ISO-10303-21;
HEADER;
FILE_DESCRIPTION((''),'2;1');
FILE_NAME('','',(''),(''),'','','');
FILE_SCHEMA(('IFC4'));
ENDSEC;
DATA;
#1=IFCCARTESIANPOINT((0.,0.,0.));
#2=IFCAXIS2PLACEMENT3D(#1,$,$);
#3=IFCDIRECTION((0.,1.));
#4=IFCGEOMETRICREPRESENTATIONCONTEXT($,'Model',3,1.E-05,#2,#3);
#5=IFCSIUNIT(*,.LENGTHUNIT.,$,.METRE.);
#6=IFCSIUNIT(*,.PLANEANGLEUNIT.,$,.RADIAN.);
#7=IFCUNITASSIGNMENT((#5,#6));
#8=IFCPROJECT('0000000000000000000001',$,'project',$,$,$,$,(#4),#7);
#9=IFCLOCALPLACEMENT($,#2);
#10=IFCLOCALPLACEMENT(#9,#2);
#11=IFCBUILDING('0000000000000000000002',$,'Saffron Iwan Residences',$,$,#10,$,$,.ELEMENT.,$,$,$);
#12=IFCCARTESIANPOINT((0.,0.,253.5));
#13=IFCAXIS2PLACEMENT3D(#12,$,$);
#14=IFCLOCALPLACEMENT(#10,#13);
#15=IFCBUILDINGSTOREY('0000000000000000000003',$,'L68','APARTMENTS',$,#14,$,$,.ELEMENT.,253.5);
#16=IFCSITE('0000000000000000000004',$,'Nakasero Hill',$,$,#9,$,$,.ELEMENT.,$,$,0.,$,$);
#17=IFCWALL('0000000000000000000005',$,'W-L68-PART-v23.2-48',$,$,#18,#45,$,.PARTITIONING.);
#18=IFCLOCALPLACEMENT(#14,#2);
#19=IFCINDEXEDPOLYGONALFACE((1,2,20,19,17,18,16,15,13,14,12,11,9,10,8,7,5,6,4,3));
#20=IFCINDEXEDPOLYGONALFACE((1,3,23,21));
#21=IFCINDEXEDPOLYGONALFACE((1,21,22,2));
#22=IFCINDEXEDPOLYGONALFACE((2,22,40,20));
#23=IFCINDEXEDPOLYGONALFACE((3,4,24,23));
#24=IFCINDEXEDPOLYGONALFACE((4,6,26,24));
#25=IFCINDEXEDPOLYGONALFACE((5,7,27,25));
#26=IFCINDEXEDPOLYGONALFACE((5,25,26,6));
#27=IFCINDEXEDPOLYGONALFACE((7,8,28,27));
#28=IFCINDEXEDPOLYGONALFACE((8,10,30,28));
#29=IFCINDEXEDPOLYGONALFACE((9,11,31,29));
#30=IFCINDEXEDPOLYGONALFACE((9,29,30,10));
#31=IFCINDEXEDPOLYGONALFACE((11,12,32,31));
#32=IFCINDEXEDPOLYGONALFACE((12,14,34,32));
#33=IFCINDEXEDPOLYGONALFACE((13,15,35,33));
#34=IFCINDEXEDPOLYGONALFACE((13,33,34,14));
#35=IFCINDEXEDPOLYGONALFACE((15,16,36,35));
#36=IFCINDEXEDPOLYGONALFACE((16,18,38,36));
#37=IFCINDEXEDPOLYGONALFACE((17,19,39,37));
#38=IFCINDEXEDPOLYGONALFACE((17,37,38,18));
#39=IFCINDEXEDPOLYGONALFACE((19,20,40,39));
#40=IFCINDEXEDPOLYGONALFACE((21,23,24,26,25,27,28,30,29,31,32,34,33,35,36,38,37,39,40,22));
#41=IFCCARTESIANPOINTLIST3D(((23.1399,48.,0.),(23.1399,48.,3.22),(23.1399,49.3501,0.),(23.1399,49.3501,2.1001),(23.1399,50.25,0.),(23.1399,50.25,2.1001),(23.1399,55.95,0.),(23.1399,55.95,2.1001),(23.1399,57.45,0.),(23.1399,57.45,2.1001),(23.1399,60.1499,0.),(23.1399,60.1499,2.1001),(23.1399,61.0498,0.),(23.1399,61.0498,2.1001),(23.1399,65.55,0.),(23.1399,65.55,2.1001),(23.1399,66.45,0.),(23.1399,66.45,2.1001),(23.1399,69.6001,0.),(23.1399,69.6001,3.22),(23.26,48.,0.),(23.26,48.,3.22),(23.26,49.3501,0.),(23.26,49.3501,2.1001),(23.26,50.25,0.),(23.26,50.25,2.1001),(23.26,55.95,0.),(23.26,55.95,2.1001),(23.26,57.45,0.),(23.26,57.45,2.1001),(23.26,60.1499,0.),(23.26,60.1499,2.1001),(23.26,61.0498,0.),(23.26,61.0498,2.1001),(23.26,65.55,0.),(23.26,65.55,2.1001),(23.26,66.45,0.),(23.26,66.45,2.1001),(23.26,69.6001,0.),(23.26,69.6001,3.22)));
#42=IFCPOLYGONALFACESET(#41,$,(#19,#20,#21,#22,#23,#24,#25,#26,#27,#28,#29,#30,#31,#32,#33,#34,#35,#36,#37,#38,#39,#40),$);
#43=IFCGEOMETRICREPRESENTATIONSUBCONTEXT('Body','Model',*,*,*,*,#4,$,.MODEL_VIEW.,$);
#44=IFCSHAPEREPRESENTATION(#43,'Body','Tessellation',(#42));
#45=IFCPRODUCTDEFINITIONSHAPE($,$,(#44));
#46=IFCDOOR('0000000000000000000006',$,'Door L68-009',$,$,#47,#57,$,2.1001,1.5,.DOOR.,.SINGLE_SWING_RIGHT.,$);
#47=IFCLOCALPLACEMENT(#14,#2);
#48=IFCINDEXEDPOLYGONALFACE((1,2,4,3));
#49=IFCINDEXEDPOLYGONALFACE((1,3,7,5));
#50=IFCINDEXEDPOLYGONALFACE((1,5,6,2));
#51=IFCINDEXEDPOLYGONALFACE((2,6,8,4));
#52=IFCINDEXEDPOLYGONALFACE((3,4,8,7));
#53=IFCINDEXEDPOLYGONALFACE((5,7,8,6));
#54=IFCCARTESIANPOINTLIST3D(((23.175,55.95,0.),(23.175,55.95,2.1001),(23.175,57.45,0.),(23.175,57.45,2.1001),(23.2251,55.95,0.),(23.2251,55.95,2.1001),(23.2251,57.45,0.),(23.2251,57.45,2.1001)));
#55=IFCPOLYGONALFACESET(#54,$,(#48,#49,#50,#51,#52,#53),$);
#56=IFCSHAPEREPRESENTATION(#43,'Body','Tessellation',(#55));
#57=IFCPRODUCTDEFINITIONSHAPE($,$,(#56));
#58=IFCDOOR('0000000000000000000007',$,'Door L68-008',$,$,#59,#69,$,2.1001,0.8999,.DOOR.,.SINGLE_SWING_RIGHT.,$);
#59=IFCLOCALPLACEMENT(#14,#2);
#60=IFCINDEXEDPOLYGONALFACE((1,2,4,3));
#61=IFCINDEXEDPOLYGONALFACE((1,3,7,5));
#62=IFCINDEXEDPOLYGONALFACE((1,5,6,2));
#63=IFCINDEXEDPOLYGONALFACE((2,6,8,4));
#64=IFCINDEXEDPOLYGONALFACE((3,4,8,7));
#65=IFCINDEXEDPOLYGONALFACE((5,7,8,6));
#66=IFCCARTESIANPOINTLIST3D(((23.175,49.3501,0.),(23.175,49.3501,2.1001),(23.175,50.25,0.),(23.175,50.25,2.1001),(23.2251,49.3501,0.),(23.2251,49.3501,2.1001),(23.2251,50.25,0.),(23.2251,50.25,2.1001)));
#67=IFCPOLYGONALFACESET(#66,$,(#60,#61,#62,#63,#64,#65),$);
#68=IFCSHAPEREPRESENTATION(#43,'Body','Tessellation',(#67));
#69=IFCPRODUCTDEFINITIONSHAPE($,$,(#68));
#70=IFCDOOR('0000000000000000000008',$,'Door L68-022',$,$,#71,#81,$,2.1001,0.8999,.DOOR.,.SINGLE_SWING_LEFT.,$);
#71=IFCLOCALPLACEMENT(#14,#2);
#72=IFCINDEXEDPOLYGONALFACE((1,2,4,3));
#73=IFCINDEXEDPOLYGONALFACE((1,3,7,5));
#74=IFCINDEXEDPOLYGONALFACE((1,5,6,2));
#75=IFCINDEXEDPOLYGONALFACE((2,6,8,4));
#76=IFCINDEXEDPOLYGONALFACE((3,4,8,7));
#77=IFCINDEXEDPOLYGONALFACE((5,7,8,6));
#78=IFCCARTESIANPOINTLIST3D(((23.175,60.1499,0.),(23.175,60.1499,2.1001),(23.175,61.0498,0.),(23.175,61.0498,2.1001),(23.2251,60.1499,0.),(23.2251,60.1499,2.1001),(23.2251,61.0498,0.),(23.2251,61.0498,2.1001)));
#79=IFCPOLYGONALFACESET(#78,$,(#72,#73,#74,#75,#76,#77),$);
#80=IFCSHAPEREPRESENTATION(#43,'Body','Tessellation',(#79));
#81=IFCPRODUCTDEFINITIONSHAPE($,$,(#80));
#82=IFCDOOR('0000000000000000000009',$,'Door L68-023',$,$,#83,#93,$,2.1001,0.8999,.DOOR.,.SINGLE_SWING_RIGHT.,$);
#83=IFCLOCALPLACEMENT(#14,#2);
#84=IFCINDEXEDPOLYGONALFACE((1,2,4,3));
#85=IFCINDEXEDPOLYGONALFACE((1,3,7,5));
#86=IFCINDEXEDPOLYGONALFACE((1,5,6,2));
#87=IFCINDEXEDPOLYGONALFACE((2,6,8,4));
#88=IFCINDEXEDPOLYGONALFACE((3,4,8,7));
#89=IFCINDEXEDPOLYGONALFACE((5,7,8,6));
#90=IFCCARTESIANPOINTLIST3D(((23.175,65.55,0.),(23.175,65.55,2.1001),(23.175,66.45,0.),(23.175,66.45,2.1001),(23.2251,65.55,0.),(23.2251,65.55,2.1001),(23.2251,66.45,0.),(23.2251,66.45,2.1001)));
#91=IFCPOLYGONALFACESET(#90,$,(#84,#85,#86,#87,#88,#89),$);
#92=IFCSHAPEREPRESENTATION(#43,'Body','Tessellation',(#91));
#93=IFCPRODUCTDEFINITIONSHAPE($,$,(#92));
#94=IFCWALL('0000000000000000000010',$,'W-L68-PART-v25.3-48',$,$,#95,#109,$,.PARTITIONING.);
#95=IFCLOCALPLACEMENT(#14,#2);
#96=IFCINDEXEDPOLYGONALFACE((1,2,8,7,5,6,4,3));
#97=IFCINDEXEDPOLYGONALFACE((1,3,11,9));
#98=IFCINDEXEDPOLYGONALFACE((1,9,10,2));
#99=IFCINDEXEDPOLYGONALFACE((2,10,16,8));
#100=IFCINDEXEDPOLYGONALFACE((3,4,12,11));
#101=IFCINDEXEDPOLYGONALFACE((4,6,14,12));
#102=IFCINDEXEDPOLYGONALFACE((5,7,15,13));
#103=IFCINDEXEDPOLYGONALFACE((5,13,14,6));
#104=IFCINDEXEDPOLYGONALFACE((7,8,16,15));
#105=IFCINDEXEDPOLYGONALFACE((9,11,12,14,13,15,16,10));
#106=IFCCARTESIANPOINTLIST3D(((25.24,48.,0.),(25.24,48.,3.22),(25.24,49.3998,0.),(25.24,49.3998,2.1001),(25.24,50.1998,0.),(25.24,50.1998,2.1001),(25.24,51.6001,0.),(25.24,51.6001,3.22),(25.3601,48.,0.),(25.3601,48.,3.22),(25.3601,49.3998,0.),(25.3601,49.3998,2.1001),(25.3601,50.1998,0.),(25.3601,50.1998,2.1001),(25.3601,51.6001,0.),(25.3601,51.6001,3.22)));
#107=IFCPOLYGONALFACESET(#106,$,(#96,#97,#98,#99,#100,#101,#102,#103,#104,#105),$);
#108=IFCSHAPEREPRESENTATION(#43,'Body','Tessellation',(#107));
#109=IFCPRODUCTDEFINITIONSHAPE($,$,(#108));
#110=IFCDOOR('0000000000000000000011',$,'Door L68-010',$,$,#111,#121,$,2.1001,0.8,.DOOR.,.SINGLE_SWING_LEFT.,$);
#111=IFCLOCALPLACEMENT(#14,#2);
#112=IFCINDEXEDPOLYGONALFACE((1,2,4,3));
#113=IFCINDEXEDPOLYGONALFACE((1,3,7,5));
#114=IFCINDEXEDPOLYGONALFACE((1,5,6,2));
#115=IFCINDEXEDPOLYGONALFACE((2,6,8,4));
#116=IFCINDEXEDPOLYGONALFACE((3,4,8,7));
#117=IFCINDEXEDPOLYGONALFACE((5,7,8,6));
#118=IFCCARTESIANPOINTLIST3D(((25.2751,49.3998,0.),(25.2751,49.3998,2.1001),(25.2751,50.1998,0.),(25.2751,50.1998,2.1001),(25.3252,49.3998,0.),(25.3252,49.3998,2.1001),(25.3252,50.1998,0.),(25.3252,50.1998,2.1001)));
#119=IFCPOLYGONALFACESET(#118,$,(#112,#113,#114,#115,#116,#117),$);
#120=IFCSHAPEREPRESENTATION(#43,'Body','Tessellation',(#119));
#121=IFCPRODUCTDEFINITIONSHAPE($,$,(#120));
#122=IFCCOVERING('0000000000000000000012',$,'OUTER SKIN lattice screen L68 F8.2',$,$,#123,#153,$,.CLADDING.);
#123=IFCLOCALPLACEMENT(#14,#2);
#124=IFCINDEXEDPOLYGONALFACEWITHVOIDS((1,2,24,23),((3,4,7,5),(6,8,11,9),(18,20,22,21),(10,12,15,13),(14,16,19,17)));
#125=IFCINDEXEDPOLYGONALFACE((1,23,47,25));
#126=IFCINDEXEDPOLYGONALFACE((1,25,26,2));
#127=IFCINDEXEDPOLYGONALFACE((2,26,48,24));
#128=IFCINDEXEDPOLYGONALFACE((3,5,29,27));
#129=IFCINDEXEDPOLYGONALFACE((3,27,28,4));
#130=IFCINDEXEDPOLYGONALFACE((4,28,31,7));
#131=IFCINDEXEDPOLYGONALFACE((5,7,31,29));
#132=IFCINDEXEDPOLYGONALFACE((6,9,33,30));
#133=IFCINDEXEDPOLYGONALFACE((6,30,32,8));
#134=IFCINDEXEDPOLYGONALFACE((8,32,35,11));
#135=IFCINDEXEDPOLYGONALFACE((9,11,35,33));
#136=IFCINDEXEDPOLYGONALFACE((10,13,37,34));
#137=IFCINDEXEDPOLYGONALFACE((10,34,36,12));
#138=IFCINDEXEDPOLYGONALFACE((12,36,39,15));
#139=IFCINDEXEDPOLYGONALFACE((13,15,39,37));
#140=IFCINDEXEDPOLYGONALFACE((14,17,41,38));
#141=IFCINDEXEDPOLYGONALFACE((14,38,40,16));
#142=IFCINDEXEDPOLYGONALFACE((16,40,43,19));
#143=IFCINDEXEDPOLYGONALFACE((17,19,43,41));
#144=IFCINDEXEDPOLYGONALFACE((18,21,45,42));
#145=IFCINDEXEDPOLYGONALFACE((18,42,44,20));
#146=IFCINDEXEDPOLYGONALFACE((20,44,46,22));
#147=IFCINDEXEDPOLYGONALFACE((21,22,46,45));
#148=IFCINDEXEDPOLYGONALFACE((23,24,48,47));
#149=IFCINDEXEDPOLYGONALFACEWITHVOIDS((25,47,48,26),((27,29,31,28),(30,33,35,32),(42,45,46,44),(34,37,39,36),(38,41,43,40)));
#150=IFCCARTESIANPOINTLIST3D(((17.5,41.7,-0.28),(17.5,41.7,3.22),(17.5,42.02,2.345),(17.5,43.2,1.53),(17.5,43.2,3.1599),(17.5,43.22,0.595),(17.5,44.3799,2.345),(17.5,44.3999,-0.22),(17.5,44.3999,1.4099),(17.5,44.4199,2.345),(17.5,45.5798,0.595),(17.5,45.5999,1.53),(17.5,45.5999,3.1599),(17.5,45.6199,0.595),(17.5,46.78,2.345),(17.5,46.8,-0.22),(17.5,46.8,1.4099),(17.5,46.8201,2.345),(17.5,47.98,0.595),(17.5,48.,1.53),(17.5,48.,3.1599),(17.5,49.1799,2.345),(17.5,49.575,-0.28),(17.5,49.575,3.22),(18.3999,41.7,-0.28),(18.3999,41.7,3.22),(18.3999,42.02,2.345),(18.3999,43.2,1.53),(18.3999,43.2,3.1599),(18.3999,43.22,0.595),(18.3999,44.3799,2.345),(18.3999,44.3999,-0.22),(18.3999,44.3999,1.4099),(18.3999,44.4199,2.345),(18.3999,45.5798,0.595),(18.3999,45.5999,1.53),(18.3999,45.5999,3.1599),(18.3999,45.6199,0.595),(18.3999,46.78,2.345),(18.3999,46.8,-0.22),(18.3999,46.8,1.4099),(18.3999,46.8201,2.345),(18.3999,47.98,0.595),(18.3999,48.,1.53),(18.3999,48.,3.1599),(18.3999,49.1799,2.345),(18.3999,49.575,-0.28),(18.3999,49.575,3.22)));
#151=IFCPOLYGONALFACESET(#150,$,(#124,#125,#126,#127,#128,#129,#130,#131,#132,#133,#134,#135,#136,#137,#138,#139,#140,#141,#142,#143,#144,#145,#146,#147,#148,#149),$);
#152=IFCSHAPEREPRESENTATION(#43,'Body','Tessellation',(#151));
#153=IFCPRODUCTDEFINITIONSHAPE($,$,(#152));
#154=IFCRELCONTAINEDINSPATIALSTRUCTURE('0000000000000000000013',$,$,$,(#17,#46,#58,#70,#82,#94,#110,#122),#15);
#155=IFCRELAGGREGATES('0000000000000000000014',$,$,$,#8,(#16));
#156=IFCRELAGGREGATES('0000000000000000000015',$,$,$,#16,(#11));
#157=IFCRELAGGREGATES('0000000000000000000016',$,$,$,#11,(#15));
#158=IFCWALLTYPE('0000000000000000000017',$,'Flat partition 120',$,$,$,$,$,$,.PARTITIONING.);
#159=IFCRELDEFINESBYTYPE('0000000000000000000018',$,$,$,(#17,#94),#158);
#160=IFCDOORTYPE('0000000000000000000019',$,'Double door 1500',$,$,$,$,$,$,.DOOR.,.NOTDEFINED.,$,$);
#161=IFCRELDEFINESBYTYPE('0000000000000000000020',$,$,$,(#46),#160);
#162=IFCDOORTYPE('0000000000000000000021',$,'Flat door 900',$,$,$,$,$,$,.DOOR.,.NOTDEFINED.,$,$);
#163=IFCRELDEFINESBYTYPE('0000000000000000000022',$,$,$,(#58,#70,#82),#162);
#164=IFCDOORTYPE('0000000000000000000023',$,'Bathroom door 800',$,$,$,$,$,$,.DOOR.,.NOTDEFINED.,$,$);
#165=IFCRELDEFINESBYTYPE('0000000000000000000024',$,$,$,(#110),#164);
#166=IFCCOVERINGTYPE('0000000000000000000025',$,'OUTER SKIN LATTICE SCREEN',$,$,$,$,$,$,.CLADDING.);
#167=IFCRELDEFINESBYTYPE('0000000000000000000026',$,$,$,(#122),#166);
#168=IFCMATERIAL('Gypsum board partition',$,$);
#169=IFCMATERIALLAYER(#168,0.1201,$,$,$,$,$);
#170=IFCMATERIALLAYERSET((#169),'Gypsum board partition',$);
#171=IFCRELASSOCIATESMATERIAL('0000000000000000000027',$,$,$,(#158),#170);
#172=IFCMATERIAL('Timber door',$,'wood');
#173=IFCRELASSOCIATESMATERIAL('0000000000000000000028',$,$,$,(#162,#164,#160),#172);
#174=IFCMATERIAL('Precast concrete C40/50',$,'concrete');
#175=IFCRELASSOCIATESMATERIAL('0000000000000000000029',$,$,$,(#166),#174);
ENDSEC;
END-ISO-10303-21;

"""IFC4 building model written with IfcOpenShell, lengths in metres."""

from ifc_helpers import new_model, si_unit, direction, frame, frame_2d, origin, place, context, subcontext, project, spatial, polyline, rectangle, outline, extrude, material, layer, layer_set, type_object, element, fill, save


model = new_model("IFC4")

# Units and contexts
model_context = context("Model", 3, precision=1e-05, world=origin(), true_north=direction((0.0, 1.0)))
body_context = subcontext(model_context, "Body", "Model", "MODEL_VIEW")
ifc_project = project(units=[si_unit("LENGTHUNIT", "METRE"), si_unit("PLANEANGLEUNIT", "RADIAN")], contexts=[model_context])

# Site, building, storey
site_placement = place(None, origin())
site = spatial("IfcSite", under=ifc_project, at=site_placement, Name="Nakasero Hill", CompositionType="ELEMENT", RefElevation=0.0)
building_placement = place(site_placement, origin())
building = spatial("IfcBuilding", under=site, at=building_placement, Name="Saffron Iwan Residences", CompositionType="ELEMENT")
storey_placement = place(building_placement, frame((0.0, 0.0, 253.5)))
storey = spatial("IfcBuildingStorey", under=building, at=storey_placement, Name="L68", Description="APARTMENTS", CompositionType="ELEMENT", Elevation=253.5)

# Shared definitions
ifc_material_1 = material(Name="Gypsum board partition")
ifc_layer_1 = layer(ifc_material_1, 0.1201)
ifc_layer_set_1 = layer_set([ifc_layer_1], Name="Gypsum board partition")
wall_type_1 = type_object("IfcWallType", Name="Flat partition 120", PredefinedType="PARTITIONING", material=ifc_layer_set_1)

# Shared definitions
ifc_material_2 = material(Name="Timber door", Category="wood")
door_type_1 = type_object("IfcDoorType", Name="Flat door 900", OperationType="NOTDEFINED", PredefinedType="DOOR", material=ifc_material_2)
door_type_2 = type_object("IfcDoorType", Name="Bathroom door 800", OperationType="NOTDEFINED", PredefinedType="DOOR", material=ifc_material_2)

# Wall, openings, doors
wall_1_placement = place(storey_placement, frame((23.2, 48.0, 0.0), z_axis=(0.0, 0.0, 1.0), x_axis=(0.0, 1.0, 0.0)))
wall_1 = element("IfcWall", 1, at=wall_1_placement, inside=storey, type_object=wall_type_1, Name="W-L68-PART-v23.2-48", PredefinedType="PARTITIONING", context=body_context, shape_type="SweptSolid", body=[
    extrude(rectangle(XDim=21.6001, YDim=0.1201, at=frame_2d((10.8, 0.0))), origin(), (0.0, 0.0, 1.0), 3.22),
])
opening_1_placement = place(wall_1_placement, frame((1.3501, 0.0, 0.0)))
opening_1 = element("IfcOpeningElement", 2, at=opening_1_placement, cuts=wall_1, PredefinedType="OPENING", context=body_context, shape_type="SweptSolid", body=[
    extrude(rectangle(XDim=0.8999, YDim=2.1001, at=frame_2d((0.45, 1.05))), frame((0.0, 0.0701, 0.0), z_axis=(0.0, -1.0, 0.0), x_axis=(1.0, 0.0, 0.0)), (0.0, 0.0, 1.0), 0.1401),
])
opening_2_placement = place(wall_1_placement, frame((7.95, 0.0, 0.0)))
opening_2 = element("IfcOpeningElement", 3, at=opening_2_placement, cuts=wall_1, PredefinedType="OPENING", context=body_context, shape_type="SweptSolid", body=[
    extrude(rectangle(XDim=1.5, YDim=2.1001, at=frame_2d((0.75, 1.05))), frame((0.0, 0.0701, 0.0), z_axis=(0.0, -1.0, 0.0), x_axis=(1.0, 0.0, 0.0)), (0.0, 0.0, 1.0), 0.1401),
])
opening_3_placement = place(wall_1_placement, frame((12.1499, 0.0, 0.0)))
opening_3 = element("IfcOpeningElement", 4, at=opening_3_placement, cuts=wall_1, PredefinedType="OPENING", context=body_context, shape_type="SweptSolid", body=[
    extrude(rectangle(XDim=0.8999, YDim=2.1001, at=frame_2d((0.45, 1.05))), frame((0.0, 0.0701, 0.0), z_axis=(0.0, -1.0, 0.0), x_axis=(1.0, 0.0, 0.0)), (0.0, 0.0, 1.0), 0.1401),
])
opening_4_placement = place(wall_1_placement, frame((17.55, 0.0, 0.0)))
opening_4 = element("IfcOpeningElement", 5, at=opening_4_placement, cuts=wall_1, PredefinedType="OPENING", context=body_context, shape_type="SweptSolid", body=[
    extrude(rectangle(XDim=0.8999, YDim=2.1001, at=frame_2d((0.45, 1.05))), frame((0.0, 0.0701, 0.0), z_axis=(0.0, -1.0, 0.0), x_axis=(1.0, 0.0, 0.0)), (0.0, 0.0, 1.0), 0.1401),
])
door_type_3 = type_object("IfcDoorType", Name="Double door 1500", OperationType="NOTDEFINED", PredefinedType="DOOR", material=ifc_material_2)
door_1_placement = place(opening_2_placement, origin())
door_1 = element("IfcDoor", 6, at=door_1_placement, inside=storey, type_object=door_type_3, Name="Door L68-009", OperationType="SINGLE_SWING_RIGHT", OverallHeight=2.1001, OverallWidth=1.5, PredefinedType="DOOR", context=body_context, shape_type="SweptSolid", body=[
    extrude(rectangle(XDim=1.5, YDim=2.1001, at=frame_2d((0.75, 1.05))), frame((0.0, 0.0249, 0.0), z_axis=(0.0, -1.0, 0.0), x_axis=(1.0, 0.0, 0.0)), (0.0, 0.0, 1.0), 0.05),
])
fill(opening_2, door_1)
door_2_placement = place(opening_1_placement, origin())
door_2 = element("IfcDoor", 7, at=door_2_placement, inside=storey, type_object=door_type_1, Name="Door L68-008", OperationType="SINGLE_SWING_RIGHT", OverallHeight=2.1001, OverallWidth=0.8999, PredefinedType="DOOR", context=body_context, shape_type="SweptSolid", body=[
    extrude(rectangle(XDim=0.8999, YDim=2.1001, at=frame_2d((0.45, 1.05))), frame((0.0, 0.0249, 0.0), z_axis=(0.0, -1.0, 0.0), x_axis=(1.0, 0.0, 0.0)), (0.0, 0.0, 1.0), 0.05),
])
fill(opening_1, door_2)
door_3_placement = place(opening_3_placement, origin())
door_3 = element("IfcDoor", 8, at=door_3_placement, inside=storey, type_object=door_type_1, Name="Door L68-022", OperationType="SINGLE_SWING_LEFT", OverallHeight=2.1001, OverallWidth=0.8999, PredefinedType="DOOR", context=body_context, shape_type="SweptSolid", body=[
    extrude(rectangle(XDim=0.8999, YDim=2.1001, at=frame_2d((0.45, 1.05))), frame((0.0, 0.0249, 0.0), z_axis=(0.0, -1.0, 0.0), x_axis=(1.0, 0.0, 0.0)), (0.0, 0.0, 1.0), 0.05),
])
fill(opening_3, door_3)
door_4_placement = place(opening_4_placement, origin())
door_4 = element("IfcDoor", 9, at=door_4_placement, inside=storey, type_object=door_type_1, Name="Door L68-023", OperationType="SINGLE_SWING_RIGHT", OverallHeight=2.1001, OverallWidth=0.8999, PredefinedType="DOOR", context=body_context, shape_type="SweptSolid", body=[
    extrude(rectangle(XDim=0.8999, YDim=2.1001, at=frame_2d((0.45, 1.05))), frame((0.0, 0.0249, 0.0), z_axis=(0.0, -1.0, 0.0), x_axis=(1.0, 0.0, 0.0)), (0.0, 0.0, 1.0), 0.05),
])
fill(opening_4, door_4)

# Wall, opening, door
wall_2_placement = place(storey_placement, frame((25.3, 48.0, 0.0), z_axis=(0.0, 0.0, 1.0), x_axis=(0.0, 1.0, 0.0)))
wall_2 = element("IfcWall", 10, at=wall_2_placement, inside=storey, type_object=wall_type_1, Name="W-L68-PART-v25.3-48", PredefinedType="PARTITIONING", context=body_context, shape_type="SweptSolid", body=[
    extrude(rectangle(XDim=3.6001, YDim=0.1201, at=frame_2d((1.8, 0.0))), origin(), (0.0, 0.0, 1.0), 3.22),
])
opening_5_placement = place(wall_2_placement, frame((1.3999, 0.0, 0.0)))
opening_5 = element("IfcOpeningElement", 11, at=opening_5_placement, cuts=wall_2, PredefinedType="OPENING", context=body_context, shape_type="SweptSolid", body=[
    extrude(rectangle(XDim=0.8, YDim=2.1001, at=frame_2d((0.3999, 1.05))), frame((0.0, 0.0701, 0.0), z_axis=(0.0, -1.0, 0.0), x_axis=(1.0, 0.0, 0.0)), (0.0, 0.0, 1.0), 0.1401),
])
door_5_placement = place(opening_5_placement, origin())
door_5 = element("IfcDoor", 12, at=door_5_placement, inside=storey, type_object=door_type_2, Name="Door L68-010", OperationType="SINGLE_SWING_LEFT", OverallHeight=2.1001, OverallWidth=0.8, PredefinedType="DOOR", context=body_context, shape_type="SweptSolid", body=[
    extrude(rectangle(XDim=0.8, YDim=2.1001, at=frame_2d((0.3999, 1.05))), frame((0.0, 0.0249, 0.0), z_axis=(0.0, -1.0, 0.0), x_axis=(1.0, 0.0, 0.0)), (0.0, 0.0, 1.0), 0.05),
])
fill(opening_5, door_5)

# Covering
ifc_material_3 = material(Name="Precast concrete C40/50", Category="concrete")
covering_type = type_object("IfcCoveringType", Name="OUTER SKIN LATTICE SCREEN", PredefinedType="CLADDING", material=ifc_material_3)
covering_placement = place(storey_placement, frame((18.3999, 49.575, -0.28), z_axis=(-1.0, 0.0, 0.0), x_axis=(0.0, -1.0, 0.0)))
element("IfcCovering", 13, at=covering_placement, inside=storey, type_object=covering_type, Name="OUTER SKIN lattice screen L68 F8.2", PredefinedType="CLADDING", context=body_context, shape_type="SweptSolid", body=[
    extrude(outline(polyline([(0.0, 0.0), (7.875, 0.0), (7.875, 3.5), (0.0, 3.5), (0.0, 0.0)]), holes=[polyline([(1.595, 0.875), (2.7749, 0.0601), (3.9551, 0.875), (2.7749, 1.6899), (1.595, 0.875)]), polyline([(3.9951, 0.875), (5.175, 0.0601), (6.355, 0.875), (5.175, 1.6899), (3.9951, 0.875)]), polyline([(0.395, 2.625), (1.575, 1.8101), (2.7549, 2.625), (1.575, 3.4399), (0.395, 2.625)]), polyline([(2.7949, 2.625), (3.9751, 1.8101), (5.155, 2.625), (3.9751, 3.4399), (2.7949, 2.625)]), polyline([(5.1951, 2.625), (6.375, 1.8101), (7.5549, 2.625), (6.375, 3.4399), (5.1951, 2.625)])]), origin(), (0.0, 0.0, 1.0), 0.8999),
])

save(model, "model.ifc")
